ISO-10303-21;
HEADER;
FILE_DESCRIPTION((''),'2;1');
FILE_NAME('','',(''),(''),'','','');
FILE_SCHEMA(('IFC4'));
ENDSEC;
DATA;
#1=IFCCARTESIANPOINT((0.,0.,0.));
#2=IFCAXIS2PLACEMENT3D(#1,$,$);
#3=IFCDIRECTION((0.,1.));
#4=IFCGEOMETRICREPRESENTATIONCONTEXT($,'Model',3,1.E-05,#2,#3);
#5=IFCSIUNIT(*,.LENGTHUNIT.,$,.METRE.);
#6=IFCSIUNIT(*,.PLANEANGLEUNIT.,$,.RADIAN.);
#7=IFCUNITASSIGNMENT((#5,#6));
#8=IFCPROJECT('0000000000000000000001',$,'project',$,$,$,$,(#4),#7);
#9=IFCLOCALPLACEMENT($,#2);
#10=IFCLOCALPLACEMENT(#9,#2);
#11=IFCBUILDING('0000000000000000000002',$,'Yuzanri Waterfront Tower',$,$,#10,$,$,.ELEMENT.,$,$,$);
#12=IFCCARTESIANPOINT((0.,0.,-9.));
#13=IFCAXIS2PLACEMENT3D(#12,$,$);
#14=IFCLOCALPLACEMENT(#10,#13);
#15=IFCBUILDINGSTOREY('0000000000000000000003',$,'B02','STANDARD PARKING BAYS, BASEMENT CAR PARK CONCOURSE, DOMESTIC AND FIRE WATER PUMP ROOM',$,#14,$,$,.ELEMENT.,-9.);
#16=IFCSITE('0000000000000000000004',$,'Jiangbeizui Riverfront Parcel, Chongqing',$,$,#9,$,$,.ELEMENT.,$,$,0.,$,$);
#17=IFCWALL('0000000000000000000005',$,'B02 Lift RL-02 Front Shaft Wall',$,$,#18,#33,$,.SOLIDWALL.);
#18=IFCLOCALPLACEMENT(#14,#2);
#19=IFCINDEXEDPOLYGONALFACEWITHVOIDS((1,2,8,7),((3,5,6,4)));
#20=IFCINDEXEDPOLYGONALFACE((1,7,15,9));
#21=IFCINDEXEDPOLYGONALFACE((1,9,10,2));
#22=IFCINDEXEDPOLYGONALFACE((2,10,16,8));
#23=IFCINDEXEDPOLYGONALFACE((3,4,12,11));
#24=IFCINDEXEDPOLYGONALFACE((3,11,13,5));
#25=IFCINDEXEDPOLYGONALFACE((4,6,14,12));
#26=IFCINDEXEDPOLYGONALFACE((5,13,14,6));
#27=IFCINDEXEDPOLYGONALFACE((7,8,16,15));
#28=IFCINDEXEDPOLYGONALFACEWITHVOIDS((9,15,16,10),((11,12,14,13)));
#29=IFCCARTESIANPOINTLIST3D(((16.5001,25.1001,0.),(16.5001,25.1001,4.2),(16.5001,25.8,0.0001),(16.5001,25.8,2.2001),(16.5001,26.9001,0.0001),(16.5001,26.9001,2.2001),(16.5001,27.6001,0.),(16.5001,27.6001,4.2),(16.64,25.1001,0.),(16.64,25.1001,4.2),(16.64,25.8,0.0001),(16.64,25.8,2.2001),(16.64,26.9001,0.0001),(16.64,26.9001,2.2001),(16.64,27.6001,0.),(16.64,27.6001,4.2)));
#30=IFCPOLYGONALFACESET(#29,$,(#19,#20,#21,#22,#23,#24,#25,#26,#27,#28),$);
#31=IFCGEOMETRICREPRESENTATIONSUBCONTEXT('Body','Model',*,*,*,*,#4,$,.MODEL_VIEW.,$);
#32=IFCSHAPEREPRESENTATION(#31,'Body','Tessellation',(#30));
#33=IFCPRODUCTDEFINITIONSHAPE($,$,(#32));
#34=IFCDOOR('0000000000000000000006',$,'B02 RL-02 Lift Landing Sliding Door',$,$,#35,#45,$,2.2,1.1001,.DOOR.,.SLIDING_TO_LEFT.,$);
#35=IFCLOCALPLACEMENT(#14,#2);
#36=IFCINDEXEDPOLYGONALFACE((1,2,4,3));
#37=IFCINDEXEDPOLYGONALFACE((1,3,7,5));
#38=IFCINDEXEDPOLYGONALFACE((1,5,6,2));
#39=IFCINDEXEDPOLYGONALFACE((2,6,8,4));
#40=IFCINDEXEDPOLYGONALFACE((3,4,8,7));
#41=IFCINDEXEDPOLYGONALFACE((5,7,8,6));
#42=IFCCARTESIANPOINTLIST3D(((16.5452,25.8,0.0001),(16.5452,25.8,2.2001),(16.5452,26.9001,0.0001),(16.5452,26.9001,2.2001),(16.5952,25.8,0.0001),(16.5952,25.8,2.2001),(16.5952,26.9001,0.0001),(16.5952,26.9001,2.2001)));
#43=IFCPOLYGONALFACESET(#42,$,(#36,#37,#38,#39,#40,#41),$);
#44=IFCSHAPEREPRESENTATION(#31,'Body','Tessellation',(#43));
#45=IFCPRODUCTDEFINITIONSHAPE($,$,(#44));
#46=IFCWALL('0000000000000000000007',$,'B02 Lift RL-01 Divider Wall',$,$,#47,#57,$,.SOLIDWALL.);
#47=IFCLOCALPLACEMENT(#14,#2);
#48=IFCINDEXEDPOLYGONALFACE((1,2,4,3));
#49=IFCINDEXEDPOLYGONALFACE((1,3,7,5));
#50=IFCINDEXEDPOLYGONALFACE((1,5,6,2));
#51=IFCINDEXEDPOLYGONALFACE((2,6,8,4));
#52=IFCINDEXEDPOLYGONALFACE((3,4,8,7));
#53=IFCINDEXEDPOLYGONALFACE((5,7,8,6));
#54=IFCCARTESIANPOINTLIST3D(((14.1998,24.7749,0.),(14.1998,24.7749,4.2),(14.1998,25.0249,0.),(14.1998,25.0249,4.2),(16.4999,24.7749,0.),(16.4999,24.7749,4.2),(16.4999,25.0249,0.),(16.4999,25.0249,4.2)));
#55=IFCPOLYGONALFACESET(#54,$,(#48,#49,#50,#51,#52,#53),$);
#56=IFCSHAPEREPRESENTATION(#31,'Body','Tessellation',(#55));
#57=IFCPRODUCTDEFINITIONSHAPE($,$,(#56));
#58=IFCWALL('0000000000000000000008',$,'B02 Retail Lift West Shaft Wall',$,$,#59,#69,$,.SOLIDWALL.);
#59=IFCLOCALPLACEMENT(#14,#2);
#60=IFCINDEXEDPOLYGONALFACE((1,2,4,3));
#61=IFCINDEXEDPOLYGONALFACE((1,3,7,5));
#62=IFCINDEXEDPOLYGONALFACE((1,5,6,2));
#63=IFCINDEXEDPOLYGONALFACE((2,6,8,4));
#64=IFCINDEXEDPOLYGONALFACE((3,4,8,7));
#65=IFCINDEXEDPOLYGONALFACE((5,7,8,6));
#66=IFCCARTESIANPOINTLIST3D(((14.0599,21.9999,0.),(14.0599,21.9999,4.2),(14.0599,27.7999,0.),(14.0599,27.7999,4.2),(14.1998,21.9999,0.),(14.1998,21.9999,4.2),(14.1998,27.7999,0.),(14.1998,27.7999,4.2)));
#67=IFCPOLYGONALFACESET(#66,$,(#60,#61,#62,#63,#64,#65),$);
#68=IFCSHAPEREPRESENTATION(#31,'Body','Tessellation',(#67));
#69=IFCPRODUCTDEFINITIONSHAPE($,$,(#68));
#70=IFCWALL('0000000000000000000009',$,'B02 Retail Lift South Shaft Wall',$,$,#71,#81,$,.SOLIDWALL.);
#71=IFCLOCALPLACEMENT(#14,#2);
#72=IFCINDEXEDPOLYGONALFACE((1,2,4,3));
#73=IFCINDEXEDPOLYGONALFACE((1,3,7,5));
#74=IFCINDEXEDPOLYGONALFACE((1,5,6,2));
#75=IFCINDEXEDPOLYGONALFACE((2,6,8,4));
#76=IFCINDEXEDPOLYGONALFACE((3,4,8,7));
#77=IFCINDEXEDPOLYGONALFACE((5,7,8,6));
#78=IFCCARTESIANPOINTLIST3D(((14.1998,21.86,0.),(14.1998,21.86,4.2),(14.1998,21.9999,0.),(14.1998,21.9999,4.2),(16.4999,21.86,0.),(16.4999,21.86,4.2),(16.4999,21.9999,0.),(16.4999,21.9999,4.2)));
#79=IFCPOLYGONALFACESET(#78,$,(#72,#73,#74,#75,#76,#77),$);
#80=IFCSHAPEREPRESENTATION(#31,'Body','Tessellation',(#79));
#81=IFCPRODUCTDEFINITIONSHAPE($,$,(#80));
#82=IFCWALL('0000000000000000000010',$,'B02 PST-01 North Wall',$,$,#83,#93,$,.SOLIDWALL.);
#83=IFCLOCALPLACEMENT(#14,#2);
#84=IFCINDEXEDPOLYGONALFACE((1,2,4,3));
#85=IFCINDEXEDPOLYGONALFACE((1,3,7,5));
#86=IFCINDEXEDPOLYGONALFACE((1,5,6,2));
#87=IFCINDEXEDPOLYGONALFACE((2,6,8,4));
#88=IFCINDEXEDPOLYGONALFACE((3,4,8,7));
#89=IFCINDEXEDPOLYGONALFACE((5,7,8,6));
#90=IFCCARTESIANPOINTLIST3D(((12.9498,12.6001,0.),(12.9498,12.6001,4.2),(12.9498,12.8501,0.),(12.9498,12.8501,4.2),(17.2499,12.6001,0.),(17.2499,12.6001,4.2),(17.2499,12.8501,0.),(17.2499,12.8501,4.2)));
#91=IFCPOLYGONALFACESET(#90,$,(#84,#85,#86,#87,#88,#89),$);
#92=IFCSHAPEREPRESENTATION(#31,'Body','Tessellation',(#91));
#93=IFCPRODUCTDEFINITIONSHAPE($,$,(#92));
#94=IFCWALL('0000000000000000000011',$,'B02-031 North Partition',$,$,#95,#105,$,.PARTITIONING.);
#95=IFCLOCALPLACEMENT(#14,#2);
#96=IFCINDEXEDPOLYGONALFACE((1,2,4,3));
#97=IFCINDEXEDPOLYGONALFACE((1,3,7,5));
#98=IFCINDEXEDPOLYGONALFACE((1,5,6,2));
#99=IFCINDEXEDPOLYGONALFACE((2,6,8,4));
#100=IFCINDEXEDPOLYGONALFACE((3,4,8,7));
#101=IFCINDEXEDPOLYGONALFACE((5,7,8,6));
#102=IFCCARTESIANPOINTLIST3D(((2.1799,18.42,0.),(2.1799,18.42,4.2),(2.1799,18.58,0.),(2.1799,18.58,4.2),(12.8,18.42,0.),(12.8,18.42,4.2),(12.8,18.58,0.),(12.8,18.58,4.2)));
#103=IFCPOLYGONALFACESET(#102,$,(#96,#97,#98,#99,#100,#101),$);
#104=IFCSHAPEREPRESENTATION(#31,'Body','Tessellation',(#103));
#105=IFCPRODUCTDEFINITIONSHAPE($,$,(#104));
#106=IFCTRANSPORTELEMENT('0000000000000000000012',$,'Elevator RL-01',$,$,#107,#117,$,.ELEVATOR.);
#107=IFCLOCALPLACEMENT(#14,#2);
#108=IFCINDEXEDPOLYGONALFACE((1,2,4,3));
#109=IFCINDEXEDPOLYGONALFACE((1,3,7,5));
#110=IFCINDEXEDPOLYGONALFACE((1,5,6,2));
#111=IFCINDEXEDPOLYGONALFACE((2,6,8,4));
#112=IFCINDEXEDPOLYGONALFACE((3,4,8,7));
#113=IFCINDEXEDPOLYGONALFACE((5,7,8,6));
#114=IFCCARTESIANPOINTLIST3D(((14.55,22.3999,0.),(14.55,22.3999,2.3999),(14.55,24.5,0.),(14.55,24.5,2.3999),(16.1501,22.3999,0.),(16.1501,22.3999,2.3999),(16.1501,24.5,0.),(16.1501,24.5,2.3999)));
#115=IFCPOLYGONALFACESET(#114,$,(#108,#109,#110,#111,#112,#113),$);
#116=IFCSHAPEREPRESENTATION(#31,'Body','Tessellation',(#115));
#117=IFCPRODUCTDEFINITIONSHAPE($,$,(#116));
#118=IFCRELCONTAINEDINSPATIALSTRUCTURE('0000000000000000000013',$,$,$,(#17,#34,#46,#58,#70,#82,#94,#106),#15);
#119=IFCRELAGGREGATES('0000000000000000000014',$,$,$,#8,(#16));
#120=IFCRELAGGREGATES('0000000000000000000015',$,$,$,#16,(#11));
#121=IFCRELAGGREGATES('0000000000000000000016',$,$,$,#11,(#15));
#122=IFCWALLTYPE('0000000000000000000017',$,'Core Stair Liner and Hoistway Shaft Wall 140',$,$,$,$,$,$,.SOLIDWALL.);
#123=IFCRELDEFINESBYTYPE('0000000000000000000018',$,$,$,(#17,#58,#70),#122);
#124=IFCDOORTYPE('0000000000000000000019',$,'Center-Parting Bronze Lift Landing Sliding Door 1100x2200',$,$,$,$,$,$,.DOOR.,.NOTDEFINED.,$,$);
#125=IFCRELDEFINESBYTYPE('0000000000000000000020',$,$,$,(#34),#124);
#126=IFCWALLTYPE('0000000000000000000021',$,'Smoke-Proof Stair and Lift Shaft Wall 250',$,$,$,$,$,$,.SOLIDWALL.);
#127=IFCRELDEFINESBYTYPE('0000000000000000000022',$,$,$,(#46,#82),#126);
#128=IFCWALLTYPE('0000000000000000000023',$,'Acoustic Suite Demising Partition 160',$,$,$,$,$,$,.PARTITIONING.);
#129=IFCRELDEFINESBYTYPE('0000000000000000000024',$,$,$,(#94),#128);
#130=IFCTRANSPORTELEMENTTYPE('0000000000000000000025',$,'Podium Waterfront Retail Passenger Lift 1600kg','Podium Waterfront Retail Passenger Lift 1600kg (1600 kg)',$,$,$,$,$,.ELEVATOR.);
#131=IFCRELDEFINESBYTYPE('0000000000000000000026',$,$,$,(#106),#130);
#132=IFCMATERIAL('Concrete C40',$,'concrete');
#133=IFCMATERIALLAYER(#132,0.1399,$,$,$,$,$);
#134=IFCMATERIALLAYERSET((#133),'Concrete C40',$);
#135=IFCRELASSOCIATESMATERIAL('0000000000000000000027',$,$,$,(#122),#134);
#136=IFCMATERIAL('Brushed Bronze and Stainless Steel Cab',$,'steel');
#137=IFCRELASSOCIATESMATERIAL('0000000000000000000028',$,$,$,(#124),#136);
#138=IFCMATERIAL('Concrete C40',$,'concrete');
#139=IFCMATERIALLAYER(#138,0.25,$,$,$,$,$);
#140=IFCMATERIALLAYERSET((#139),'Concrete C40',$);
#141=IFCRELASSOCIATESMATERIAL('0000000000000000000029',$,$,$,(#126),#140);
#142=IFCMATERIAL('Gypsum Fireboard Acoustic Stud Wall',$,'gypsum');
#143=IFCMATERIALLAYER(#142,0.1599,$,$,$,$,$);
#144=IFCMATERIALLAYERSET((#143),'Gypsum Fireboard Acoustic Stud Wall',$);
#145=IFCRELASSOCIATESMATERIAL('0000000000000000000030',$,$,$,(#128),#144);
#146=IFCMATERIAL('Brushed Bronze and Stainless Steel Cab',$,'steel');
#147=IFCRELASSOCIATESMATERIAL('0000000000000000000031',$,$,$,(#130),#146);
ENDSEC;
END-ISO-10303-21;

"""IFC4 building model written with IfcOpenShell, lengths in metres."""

from ifc_helpers import new_model, si_unit, direction, frame, frame_2d, origin, origin_2d, place, context, subcontext, project, spatial, rectangle, extrude, source, transform, mapped, material, layer, layer_set, type_object, element, fill, save


model = new_model("IFC4")

# Units and contexts
model_context = context("Model", 3, precision=1e-05, world=origin(), true_north=direction((0.0, 1.0)))
body_context = subcontext(model_context, "Body", "Model", "MODEL_VIEW")
ifc_project = project(units=[si_unit("LENGTHUNIT", "METRE"), si_unit("PLANEANGLEUNIT", "RADIAN")], contexts=[model_context])

# Site, building, storey
site_placement = place(None, origin())
site = spatial("IfcSite", under=ifc_project, at=site_placement, Name="Jiangbeizui Riverfront Parcel, Chongqing", CompositionType="ELEMENT", RefElevation=0.0)
building_placement = place(site_placement, origin())
building = spatial("IfcBuilding", under=site, at=building_placement, Name="Yuzanri Waterfront Tower", CompositionType="ELEMENT")
storey_placement = place(building_placement, frame((0.0, 0.0, -9.0)))
storey = spatial("IfcBuildingStorey", under=building, at=storey_placement, Name="B02", Description="STANDARD PARKING BAYS, BASEMENT CAR PARK CONCOURSE, DOMESTIC AND FIRE WATER PUMP ROOM", CompositionType="ELEMENT", Elevation=-9.0)

# Wall, opening, door
ifc_material_1 = material(Name="Concrete C40", Category="concrete")
ifc_layer_1 = layer(ifc_material_1, 0.1399)
ifc_layer_set_1 = layer_set([ifc_layer_1], Name="Concrete C40")
wall_type_1 = type_object("IfcWallType", Name="Core Stair Liner and Hoistway Shaft Wall 140", PredefinedType="SOLIDWALL", material=ifc_layer_set_1)
ifc_material_2 = material(Name="Brushed Bronze and Stainless Steel Cab", Category="steel")
door_type = type_object("IfcDoorType", Name="Center-Parting Bronze Lift Landing Sliding Door 1100x2200", OperationType="NOTDEFINED", PredefinedType="DOOR", material=ifc_material_2)
shared_shape_1 = source(origin(), body_context, "Body", "SweptSolid", [
    extrude(rectangle(XDim=1.1001, YDim=2.2, at=frame_2d((0.55, 1.1001))), frame((0.0, 0.0249, 0.0), z_axis=(0.0, -1.0, 0.0), x_axis=(1.0, 0.0, 0.0)), (0.0, 0.0, 1.0), 0.05),
])
wall_1_placement = place(storey_placement, frame((16.5701, 25.1001, 0.0), z_axis=(0.0, 0.0, 1.0), x_axis=(0.0, 1.0, 0.0)))
wall_1 = element("IfcWall", 1, at=wall_1_placement, inside=storey, type_object=wall_type_1, Name="B02 Lift RL-02 Front Shaft Wall", PredefinedType="SOLIDWALL", context=body_context, shape_type="SweptSolid", body=[
    extrude(rectangle(XDim=2.5, YDim=0.1399, at=frame_2d((1.25, 0.0))), origin(), (0.0, 0.0, 1.0), 4.2),
])
opening_1_placement = place(wall_1_placement, frame((0.7, 0.0, 0.0)))
opening_1 = element("IfcOpeningElement", 2, at=opening_1_placement, cuts=wall_1, PredefinedType="OPENING", context=body_context, shape_type="SweptSolid", body=[
    extrude(rectangle(XDim=1.1001, YDim=2.2, at=frame_2d((0.55, 1.1001))), frame((0.0, 0.085, 0.0), z_axis=(0.0, -1.0, 0.0), x_axis=(1.0, 0.0, 0.0)), (0.0, 0.0, 1.0), 0.1697),
])
door_1_placement = place(opening_1_placement, origin())
door_1 = element("IfcDoor", 3, at=door_1_placement, inside=storey, type_object=door_type, Name="B02 RL-02 Lift Landing Sliding Door", OperationType="SLIDING_TO_LEFT", OverallHeight=2.2, OverallWidth=1.1001, PredefinedType="DOOR", context=body_context, shape_type="MappedRepresentation", body=[
    mapped(shared_shape_1, transform((0.0, 0.0, 0.0), scale=1.0)),
])
fill(opening_1, door_1)

# Walls
ifc_material_3 = material(Name="Concrete C40", Category="concrete")
ifc_layer_2 = layer(ifc_material_3, 0.25)
ifc_layer_set_2 = layer_set([ifc_layer_2], Name="Concrete C40")
wall_type_2 = type_object("IfcWallType", Name="Smoke-Proof Stair and Lift Shaft Wall 250", PredefinedType="SOLIDWALL", material=ifc_layer_set_2)
shared_shape_2 = source(origin(), body_context, "Body", "SweptSolid", [
    extrude(rectangle(XDim=2.3, YDim=0.25, at=frame_2d((1.1499, 0.0))), origin(), (0.0, 0.0, 1.0), 4.2),
])
wall_2_placement = place(storey_placement, frame((14.2, 24.8999, 0.0), z_axis=(0.0, 0.0, 1.0), x_axis=(1.0, 0.0, 0.0)))
element("IfcWall", 4, at=wall_2_placement, inside=storey, type_object=wall_type_2, Name="B02 Lift RL-01 Divider Wall", PredefinedType="SOLIDWALL", context=body_context, shape_type="MappedRepresentation", body=[
    mapped(shared_shape_2, transform((0.0, 0.0, 0.0), scale=1.0)),
])
shared_shape_3 = source(origin(), body_context, "Body", "SweptSolid", [
    extrude(rectangle(XDim=5.8, YDim=0.1399, at=frame_2d((2.8999, 0.0))), origin(), (0.0, 0.0, 1.0), 4.2),
])
wall_3_placement = place(storey_placement, frame((14.1299, 22.0, 0.0), z_axis=(0.0, 0.0, 1.0), x_axis=(0.0, 1.0, 0.0)))
element("IfcWall", 5, at=wall_3_placement, inside=storey, type_object=wall_type_1, Name="B02 Retail Lift West Shaft Wall", PredefinedType="SOLIDWALL", context=body_context, shape_type="MappedRepresentation", body=[
    mapped(shared_shape_3, transform((0.0, 0.0, 0.0), scale=1.0)),
])
shared_shape_4 = source(origin(), body_context, "Body", "SweptSolid", [
    extrude(rectangle(XDim=2.3, YDim=0.1399, at=frame_2d((1.1499, 0.0))), origin(), (0.0, 0.0, 1.0), 4.2),
])
wall_4_placement = place(storey_placement, frame((14.2, 21.9299, 0.0), z_axis=(0.0, 0.0, 1.0), x_axis=(1.0, 0.0, 0.0)))
element("IfcWall", 6, at=wall_4_placement, inside=storey, type_object=wall_type_1, Name="B02 Retail Lift South Shaft Wall", PredefinedType="SOLIDWALL", context=body_context, shape_type="MappedRepresentation", body=[
    mapped(shared_shape_4, transform((0.0, 0.0, 0.0), scale=1.0)),
])
shared_shape_5 = source(origin(), body_context, "Body", "SweptSolid", [
    extrude(rectangle(XDim=4.3, YDim=0.25, at=frame_2d((2.1499, 0.0))), origin(), (0.0, 0.0, 1.0), 4.2),
])
wall_5_placement = place(storey_placement, frame((12.95, 12.7251, 0.0), z_axis=(0.0, 0.0, 1.0), x_axis=(1.0, 0.0, 0.0)))
element("IfcWall", 7, at=wall_5_placement, inside=storey, type_object=wall_type_2, Name="B02 PST-01 North Wall", PredefinedType="SOLIDWALL", context=body_context, shape_type="MappedRepresentation", body=[
    mapped(shared_shape_5, transform((0.0, 0.0, 0.0), scale=1.0)),
])
ifc_material_4 = material(Name="Gypsum Fireboard Acoustic Stud Wall", Category="gypsum")
ifc_layer_3 = layer(ifc_material_4, 0.1599)
ifc_layer_set_3 = layer_set([ifc_layer_3], Name="Gypsum Fireboard Acoustic Stud Wall")
wall_type_3 = type_object("IfcWallType", Name="Acoustic Suite Demising Partition 160", PredefinedType="PARTITIONING", material=ifc_layer_set_3)
shared_shape_6 = source(origin(), body_context, "Body", "SweptSolid", [
    extrude(rectangle(XDim=10.6201, YDim=0.1599, at=frame_2d((5.3101, 0.0))), origin(), (0.0, 0.0, 1.0), 4.2),
])
wall_6_placement = place(storey_placement, frame((2.1799, 18.5, 0.0), z_axis=(0.0, 0.0, 1.0), x_axis=(1.0, 0.0, 0.0)))
element("IfcWall", 8, at=wall_6_placement, inside=storey, type_object=wall_type_3, Name="B02-031 North Partition", PredefinedType="PARTITIONING", context=body_context, shape_type="MappedRepresentation", body=[
    mapped(shared_shape_6, transform((0.0, 0.0, 0.0), scale=1.0)),
])

# Transport element
ifc_material_5 = material(Name="Brushed Bronze and Stainless Steel Cab", Category="steel")
transport_element_type = type_object("IfcTransportElementType", Name="Podium Waterfront Retail Passenger Lift 1600kg", Description="Podium Waterfront Retail Passenger Lift 1600kg (1600 kg)", PredefinedType="ELEVATOR", material=ifc_material_5)
shared_shape_7 = source(origin(), body_context, "Body", "SweptSolid", [
    extrude(rectangle(XDim=1.6001, YDim=2.1001, at=origin_2d()), origin(), (0.0, 0.0, 1.0), 2.3999),
])
transport_element_placement = place(storey_placement, frame((15.3501, 23.45, 0.0), z_axis=(0.0, 0.0, 1.0), x_axis=(1.0, 0.0, 0.0)))
element("IfcTransportElement", 9, at=transport_element_placement, inside=storey, type_object=transport_element_type, Name="Elevator RL-01", PredefinedType="ELEVATOR", context=body_context, shape_type="MappedRepresentation", body=[
    mapped(shared_shape_7, transform((0.0, 0.0, 0.0), scale=1.0)),
])

save(model, "model.ifc")
